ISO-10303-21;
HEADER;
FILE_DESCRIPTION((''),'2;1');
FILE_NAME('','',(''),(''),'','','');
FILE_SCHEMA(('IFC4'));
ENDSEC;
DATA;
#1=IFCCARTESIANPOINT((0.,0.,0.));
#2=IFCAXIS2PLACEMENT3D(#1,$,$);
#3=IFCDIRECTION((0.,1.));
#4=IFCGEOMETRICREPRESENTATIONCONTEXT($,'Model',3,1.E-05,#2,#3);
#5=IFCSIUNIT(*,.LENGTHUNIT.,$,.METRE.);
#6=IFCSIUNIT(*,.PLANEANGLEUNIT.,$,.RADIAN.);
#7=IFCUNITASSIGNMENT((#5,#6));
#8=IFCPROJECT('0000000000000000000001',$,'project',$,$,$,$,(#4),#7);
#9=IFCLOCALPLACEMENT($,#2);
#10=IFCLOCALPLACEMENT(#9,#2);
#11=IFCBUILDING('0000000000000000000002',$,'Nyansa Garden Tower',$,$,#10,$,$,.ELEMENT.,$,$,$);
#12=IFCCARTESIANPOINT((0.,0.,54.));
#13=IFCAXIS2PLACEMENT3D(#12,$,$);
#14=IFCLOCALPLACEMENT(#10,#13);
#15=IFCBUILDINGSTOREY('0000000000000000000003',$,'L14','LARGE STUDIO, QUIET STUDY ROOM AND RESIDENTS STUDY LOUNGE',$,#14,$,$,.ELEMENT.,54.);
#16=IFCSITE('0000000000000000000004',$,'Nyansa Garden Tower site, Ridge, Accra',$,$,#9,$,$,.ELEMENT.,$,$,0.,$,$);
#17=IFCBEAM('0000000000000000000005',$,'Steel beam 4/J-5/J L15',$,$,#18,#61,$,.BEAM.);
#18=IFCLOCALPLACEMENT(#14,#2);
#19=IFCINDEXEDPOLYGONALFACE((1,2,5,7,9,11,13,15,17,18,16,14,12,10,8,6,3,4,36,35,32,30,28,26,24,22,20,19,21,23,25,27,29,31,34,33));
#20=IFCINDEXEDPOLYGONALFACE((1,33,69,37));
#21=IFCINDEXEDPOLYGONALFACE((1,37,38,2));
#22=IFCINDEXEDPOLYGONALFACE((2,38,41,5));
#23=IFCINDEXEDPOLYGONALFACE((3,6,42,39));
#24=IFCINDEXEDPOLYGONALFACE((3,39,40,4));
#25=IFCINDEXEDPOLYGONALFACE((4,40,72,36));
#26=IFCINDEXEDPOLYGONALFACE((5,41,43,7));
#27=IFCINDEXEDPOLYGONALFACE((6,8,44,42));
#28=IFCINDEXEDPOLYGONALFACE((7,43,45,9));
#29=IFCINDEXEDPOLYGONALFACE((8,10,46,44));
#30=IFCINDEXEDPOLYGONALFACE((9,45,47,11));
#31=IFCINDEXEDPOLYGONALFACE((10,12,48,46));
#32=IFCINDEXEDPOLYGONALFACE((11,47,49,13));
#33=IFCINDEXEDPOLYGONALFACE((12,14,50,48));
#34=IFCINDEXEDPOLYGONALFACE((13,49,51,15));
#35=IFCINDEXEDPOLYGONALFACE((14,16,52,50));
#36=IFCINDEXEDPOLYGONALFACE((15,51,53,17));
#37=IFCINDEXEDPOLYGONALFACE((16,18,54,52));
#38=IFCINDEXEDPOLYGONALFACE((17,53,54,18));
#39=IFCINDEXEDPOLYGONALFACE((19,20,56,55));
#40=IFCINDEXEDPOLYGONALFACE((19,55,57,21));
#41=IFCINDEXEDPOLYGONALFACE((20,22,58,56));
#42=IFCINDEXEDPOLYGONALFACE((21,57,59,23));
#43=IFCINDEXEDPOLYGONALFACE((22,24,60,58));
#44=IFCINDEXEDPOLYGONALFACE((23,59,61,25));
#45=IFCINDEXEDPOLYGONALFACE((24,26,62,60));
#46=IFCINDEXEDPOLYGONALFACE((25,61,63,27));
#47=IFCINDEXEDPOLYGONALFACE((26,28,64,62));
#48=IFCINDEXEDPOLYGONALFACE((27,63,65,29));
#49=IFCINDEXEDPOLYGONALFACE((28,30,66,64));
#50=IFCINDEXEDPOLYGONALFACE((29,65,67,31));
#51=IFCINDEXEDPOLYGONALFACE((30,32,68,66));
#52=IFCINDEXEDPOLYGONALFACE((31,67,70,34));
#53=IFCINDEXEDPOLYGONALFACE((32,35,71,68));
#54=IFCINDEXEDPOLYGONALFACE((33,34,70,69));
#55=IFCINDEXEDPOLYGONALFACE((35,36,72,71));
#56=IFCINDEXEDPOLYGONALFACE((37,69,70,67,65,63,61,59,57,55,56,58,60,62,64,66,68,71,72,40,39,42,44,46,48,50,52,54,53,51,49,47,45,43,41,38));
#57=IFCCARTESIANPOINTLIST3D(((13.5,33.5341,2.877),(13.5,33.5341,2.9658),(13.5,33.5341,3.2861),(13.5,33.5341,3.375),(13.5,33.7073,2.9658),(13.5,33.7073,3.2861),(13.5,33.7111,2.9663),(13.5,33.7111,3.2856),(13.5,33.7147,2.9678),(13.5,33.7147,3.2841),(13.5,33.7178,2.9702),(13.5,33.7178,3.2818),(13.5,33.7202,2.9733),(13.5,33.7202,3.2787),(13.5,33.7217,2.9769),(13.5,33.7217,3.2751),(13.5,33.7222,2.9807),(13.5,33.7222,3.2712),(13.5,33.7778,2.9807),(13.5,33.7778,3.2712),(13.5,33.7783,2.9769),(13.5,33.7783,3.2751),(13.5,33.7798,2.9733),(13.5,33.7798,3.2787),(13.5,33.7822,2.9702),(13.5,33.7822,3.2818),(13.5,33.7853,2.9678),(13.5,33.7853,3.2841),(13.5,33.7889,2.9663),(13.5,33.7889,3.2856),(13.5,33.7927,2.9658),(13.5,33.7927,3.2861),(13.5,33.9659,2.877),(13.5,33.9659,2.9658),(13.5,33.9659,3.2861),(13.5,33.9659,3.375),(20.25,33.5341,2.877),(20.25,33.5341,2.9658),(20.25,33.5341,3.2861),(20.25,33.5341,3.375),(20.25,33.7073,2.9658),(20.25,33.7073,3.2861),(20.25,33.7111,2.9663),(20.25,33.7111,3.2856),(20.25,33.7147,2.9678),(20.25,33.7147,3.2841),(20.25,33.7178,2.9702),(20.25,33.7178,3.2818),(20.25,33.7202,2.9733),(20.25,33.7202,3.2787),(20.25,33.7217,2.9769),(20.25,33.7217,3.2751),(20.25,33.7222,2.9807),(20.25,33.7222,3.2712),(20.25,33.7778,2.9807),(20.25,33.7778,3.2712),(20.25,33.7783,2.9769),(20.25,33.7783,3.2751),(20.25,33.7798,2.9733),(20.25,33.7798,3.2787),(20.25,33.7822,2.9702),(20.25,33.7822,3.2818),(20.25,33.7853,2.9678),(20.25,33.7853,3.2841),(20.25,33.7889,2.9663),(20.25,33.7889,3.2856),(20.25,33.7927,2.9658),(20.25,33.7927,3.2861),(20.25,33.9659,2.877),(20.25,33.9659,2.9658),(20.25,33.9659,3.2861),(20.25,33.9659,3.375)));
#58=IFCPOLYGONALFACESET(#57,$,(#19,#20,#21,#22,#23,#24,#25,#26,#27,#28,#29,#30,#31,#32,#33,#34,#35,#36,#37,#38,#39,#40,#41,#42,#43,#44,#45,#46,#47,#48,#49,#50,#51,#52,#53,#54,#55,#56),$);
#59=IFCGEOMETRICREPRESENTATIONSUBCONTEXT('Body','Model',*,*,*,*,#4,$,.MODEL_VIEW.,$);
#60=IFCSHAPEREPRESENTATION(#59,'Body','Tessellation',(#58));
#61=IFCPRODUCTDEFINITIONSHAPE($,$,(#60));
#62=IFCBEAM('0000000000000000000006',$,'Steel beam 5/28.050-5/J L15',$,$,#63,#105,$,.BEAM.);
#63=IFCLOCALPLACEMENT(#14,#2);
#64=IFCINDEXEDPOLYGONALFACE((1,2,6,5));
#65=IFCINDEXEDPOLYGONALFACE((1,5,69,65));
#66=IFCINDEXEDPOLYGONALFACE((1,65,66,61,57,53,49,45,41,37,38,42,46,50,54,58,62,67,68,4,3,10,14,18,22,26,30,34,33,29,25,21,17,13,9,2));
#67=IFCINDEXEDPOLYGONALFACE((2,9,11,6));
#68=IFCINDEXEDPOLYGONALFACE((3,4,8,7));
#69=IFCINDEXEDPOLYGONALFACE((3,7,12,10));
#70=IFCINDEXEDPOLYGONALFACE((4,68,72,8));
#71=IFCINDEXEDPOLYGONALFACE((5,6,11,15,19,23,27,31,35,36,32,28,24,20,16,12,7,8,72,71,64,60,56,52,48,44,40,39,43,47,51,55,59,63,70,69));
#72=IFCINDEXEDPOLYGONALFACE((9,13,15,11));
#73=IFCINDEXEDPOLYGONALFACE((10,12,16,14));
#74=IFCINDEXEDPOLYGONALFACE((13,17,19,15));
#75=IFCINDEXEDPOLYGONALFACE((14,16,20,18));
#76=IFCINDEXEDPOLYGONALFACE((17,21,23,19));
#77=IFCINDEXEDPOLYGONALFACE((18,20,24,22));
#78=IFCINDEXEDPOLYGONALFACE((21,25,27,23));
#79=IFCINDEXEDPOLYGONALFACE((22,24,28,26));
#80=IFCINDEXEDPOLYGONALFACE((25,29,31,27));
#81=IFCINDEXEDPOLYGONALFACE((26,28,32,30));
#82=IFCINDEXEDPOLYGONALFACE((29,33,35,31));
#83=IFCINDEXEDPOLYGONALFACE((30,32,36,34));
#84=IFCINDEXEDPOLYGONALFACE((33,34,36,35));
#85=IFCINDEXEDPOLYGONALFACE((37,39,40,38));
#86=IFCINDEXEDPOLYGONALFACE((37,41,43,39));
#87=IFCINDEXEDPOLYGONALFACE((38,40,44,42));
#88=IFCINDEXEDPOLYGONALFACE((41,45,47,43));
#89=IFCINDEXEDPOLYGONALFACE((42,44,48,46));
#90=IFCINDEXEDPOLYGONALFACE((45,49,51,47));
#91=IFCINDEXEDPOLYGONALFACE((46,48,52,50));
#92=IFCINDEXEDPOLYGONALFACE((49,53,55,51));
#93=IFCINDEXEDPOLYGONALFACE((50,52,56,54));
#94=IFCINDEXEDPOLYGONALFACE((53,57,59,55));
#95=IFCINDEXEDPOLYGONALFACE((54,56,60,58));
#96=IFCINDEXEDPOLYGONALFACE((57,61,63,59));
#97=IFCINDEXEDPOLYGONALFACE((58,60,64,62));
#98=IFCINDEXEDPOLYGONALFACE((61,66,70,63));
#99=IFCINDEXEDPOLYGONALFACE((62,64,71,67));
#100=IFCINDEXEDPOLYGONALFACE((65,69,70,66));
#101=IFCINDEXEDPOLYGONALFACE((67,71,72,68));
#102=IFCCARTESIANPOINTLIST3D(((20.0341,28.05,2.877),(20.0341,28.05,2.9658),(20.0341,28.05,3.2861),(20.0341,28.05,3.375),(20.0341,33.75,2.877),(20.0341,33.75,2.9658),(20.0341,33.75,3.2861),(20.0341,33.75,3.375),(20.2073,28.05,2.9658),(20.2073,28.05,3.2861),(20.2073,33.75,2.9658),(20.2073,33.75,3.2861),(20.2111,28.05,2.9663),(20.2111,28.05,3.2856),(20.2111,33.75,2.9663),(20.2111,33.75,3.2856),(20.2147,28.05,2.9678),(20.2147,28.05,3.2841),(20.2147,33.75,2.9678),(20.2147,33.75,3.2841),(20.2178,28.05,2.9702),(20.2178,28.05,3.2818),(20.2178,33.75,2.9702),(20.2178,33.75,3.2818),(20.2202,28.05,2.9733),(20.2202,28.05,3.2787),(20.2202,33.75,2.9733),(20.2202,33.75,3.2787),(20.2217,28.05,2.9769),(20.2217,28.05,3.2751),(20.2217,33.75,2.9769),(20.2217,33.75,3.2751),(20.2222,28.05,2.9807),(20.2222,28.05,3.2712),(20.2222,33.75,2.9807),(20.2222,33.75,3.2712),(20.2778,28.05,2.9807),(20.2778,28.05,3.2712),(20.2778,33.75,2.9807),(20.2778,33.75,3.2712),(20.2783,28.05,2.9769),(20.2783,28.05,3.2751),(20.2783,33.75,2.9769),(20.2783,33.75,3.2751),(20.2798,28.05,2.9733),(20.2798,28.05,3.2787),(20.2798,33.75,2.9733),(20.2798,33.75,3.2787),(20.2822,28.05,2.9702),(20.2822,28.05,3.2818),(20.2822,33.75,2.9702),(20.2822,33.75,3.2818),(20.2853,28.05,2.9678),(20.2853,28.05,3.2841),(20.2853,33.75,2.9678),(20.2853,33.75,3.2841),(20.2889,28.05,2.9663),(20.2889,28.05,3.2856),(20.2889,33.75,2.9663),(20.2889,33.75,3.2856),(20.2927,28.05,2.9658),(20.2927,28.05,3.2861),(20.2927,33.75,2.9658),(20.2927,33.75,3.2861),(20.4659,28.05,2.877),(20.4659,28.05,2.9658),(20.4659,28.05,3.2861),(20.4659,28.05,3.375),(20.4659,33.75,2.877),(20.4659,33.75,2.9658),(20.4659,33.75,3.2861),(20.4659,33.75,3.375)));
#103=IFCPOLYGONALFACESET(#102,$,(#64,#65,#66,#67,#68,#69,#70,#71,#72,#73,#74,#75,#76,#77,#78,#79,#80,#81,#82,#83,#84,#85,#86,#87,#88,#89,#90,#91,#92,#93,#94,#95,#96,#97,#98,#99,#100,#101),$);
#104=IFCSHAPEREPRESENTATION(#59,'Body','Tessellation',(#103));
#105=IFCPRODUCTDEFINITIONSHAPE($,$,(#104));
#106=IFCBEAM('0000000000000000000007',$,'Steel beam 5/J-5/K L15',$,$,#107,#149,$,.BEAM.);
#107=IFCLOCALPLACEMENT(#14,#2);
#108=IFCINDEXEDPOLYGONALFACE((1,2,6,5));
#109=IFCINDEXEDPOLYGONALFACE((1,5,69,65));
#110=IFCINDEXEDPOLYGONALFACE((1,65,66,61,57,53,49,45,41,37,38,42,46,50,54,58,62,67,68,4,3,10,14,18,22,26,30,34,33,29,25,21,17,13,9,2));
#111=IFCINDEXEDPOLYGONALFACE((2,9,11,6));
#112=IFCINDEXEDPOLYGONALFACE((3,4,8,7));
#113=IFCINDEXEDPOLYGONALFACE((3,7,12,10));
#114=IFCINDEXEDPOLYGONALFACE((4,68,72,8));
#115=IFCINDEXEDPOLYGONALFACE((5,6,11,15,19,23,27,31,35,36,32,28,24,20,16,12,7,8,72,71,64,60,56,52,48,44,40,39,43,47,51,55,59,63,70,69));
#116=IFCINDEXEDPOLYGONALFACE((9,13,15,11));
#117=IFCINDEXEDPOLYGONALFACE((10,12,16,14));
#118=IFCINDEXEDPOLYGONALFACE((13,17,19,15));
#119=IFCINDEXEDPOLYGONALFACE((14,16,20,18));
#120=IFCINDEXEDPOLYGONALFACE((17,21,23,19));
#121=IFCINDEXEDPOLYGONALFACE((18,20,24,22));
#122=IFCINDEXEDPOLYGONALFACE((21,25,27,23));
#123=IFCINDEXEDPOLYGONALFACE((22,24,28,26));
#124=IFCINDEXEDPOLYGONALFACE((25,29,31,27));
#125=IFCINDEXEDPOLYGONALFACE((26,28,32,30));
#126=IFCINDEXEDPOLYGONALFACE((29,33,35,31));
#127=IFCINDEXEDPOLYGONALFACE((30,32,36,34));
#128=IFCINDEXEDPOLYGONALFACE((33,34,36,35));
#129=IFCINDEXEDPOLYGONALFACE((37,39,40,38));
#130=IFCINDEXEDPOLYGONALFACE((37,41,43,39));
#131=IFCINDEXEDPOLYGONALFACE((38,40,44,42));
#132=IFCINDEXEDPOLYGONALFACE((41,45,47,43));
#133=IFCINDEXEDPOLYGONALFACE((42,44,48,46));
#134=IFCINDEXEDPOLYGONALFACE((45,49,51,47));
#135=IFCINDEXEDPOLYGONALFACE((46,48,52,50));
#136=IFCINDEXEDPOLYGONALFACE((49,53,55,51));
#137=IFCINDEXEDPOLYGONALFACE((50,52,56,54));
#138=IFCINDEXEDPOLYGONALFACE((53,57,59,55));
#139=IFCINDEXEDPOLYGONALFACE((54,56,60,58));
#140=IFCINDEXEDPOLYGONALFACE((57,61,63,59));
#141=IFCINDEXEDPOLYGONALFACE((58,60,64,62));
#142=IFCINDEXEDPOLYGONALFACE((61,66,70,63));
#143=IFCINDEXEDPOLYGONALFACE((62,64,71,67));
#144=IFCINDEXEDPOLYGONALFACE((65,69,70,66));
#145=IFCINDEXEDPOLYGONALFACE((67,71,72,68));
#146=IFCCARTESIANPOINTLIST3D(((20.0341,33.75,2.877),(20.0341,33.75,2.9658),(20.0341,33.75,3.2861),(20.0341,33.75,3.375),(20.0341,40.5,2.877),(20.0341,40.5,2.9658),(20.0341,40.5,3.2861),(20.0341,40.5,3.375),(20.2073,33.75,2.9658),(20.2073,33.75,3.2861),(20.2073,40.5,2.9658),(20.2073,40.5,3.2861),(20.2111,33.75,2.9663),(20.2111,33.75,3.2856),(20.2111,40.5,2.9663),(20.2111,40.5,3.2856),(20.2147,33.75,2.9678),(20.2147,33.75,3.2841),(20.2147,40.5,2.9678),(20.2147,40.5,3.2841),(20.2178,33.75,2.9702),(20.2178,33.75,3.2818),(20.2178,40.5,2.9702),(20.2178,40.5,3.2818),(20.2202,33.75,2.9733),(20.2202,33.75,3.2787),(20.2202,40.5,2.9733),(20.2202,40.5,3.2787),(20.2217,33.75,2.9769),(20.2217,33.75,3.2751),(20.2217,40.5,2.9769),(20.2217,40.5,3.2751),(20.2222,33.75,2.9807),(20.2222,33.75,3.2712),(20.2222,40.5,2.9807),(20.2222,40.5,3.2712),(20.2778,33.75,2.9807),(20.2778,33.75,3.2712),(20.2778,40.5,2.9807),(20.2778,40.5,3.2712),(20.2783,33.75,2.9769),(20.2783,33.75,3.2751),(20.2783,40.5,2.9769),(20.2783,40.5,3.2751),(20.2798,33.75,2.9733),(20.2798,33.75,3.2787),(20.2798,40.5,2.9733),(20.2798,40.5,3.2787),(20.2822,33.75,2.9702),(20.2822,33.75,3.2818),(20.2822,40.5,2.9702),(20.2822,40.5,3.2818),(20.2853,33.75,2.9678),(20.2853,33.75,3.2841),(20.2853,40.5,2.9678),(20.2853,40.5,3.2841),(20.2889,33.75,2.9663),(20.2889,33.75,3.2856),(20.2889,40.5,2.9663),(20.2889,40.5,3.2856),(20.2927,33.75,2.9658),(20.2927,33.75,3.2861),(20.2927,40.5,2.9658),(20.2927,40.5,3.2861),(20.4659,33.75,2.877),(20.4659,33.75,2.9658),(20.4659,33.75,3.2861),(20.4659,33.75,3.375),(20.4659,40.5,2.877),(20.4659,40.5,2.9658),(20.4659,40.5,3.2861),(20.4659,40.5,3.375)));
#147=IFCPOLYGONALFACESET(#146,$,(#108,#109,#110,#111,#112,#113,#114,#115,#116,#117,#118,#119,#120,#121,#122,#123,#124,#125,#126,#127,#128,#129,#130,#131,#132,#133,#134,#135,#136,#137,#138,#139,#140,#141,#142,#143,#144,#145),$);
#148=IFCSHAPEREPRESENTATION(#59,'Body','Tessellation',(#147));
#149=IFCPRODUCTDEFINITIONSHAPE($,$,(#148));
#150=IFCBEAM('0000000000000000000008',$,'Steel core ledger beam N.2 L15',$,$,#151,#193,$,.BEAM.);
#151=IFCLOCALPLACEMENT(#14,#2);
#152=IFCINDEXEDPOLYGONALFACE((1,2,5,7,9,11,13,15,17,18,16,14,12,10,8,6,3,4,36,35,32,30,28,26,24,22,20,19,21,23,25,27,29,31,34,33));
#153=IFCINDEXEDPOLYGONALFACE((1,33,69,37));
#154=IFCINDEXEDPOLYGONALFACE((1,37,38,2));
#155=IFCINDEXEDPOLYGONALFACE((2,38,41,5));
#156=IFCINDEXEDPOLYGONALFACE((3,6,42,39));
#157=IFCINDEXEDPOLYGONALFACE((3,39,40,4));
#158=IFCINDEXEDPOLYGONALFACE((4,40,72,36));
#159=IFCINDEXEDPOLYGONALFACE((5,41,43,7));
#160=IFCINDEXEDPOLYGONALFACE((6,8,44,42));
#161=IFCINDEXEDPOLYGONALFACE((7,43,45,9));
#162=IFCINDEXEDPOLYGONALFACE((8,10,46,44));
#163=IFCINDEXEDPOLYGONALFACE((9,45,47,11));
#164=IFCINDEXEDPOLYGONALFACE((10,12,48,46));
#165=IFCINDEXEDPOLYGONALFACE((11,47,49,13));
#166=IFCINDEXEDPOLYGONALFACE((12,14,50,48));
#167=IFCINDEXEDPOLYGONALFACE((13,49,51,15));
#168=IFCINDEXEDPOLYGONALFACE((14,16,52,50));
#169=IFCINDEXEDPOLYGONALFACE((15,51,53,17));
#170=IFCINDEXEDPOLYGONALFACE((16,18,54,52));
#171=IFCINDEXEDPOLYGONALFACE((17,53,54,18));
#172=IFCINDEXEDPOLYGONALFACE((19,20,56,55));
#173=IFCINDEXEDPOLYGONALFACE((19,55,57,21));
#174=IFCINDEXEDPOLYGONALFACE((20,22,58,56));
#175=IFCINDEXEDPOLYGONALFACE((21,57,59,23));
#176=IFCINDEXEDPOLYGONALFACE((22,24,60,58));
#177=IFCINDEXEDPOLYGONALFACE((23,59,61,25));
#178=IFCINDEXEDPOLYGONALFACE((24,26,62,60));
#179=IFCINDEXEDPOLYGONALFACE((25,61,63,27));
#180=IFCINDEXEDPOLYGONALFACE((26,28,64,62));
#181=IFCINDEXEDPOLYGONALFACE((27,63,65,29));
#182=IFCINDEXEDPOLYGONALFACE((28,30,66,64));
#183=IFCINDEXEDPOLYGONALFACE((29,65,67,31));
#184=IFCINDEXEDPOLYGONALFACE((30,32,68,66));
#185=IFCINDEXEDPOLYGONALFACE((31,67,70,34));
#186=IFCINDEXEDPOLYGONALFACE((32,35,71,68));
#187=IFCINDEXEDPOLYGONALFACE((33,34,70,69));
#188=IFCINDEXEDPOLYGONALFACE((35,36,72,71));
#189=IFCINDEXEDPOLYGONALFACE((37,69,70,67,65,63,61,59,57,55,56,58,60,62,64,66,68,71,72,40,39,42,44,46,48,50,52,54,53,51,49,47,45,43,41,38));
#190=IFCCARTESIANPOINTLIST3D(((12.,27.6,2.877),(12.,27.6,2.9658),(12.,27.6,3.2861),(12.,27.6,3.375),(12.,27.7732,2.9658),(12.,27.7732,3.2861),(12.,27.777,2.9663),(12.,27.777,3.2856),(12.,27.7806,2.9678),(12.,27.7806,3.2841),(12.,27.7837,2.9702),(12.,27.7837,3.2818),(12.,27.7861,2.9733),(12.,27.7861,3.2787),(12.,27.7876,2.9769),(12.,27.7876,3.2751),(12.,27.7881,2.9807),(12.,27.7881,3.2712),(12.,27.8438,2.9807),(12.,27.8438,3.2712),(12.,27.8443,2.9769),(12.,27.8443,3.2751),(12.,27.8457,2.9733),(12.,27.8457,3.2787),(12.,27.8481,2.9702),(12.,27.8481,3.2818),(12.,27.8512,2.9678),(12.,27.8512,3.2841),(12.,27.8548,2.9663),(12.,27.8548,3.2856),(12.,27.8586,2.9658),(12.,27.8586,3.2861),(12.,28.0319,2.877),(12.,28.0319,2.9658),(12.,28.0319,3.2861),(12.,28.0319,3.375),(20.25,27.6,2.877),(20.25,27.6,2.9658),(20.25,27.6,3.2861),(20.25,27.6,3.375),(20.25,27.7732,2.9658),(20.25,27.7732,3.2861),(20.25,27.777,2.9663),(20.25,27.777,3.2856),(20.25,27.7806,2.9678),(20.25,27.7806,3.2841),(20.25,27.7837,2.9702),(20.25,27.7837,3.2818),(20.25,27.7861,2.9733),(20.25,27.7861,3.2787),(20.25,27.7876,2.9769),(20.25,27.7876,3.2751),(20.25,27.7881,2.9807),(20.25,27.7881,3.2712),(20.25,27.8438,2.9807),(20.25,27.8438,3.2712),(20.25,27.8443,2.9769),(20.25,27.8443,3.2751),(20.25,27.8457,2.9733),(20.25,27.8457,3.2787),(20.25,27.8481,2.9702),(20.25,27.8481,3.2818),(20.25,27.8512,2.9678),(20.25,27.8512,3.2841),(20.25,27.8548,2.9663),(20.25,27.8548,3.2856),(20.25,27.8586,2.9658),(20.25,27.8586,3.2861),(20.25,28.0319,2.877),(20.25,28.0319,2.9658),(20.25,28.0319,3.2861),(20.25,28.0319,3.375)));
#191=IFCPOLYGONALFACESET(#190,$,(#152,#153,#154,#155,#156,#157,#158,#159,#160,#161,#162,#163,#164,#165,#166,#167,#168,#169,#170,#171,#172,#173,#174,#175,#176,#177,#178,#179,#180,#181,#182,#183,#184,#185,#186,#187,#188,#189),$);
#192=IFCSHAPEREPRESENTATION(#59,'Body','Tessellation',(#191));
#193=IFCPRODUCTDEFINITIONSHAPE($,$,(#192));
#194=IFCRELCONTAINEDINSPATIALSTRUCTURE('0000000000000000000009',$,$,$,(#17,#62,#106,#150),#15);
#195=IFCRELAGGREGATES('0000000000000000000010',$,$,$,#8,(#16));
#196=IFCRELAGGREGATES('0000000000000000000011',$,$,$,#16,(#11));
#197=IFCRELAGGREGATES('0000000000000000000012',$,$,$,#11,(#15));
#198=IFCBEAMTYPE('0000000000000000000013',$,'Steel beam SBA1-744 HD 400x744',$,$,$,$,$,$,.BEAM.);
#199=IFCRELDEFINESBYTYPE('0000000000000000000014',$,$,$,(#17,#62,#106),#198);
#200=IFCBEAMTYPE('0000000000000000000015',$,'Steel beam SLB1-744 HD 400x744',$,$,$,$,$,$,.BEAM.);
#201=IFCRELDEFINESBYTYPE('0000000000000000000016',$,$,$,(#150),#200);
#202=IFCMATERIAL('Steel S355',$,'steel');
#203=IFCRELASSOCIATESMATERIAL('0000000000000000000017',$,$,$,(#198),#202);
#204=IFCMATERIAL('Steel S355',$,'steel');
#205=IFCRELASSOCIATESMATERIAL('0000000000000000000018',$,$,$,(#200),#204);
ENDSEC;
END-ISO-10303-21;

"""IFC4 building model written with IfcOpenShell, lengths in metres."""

from ifc_helpers import new_model, si_unit, direction, frame, origin, origin_2d, place, context, subcontext, project, spatial, i_section, extrude, material, material_profile, profile_set, type_object, element, save


model = new_model("IFC4")

# Units and contexts
model_context = context("Model", 3, precision=1e-05, world=origin(), true_north=direction((0.0, 1.0)))
body_context = subcontext(model_context, "Body", "Model", "MODEL_VIEW")
ifc_project = project(units=[si_unit("LENGTHUNIT", "METRE"), si_unit("PLANEANGLEUNIT", "RADIAN")], contexts=[model_context])

# Site, building, storey
site_placement = place(None, origin())
site = spatial("IfcSite", under=ifc_project, at=site_placement, Name="Nyansa Garden Tower site, Ridge, Accra", CompositionType="ELEMENT", RefElevation=0.0)
building_placement = place(site_placement, origin())
building = spatial("IfcBuilding", under=site, at=building_placement, Name="Nyansa Garden Tower", CompositionType="ELEMENT")
storey_placement = place(building_placement, frame((0.0, 0.0, 54.0)))
storey = spatial("IfcBuildingStorey", under=building, at=storey_placement, Name="L14", Description="LARGE STUDIO, QUIET STUDY ROOM AND RESIDENTS STUDY LOUNGE", CompositionType="ELEMENT", Elevation=54.0)

# Beams
ifc_material_1 = material(Name="Steel S355", Category="steel")
ifc_material_profile_1 = material_profile(ifc_material_1, i_section(OverallWidth=0.4319, OverallDepth=0.498, WebThickness=0.0557, FlangeThickness=0.0889, FilletRadius=0.0149, at=origin_2d()), Name="HD 400x744")
ifc_profile_set_1 = profile_set([ifc_material_profile_1], Name="Steel S355")
beam_type_1 = type_object("IfcBeamType", Name="Steel beam SBA1-744 HD 400x744", PredefinedType="BEAM", material=ifc_profile_set_1)
for number, where, z_axis, x_axis, name in (
    (1, (13.5, 33.75, 3.126), (1.0, 0.0, 0.0), (0.0, 1.0, 0.0), "Steel beam 4/J-5/J L15"),
):
    element("IfcBeam", number, at=place(storey_placement, frame(where, z_axis=z_axis, x_axis=x_axis)), inside=storey, type_object=beam_type_1, Name=name, PredefinedType="BEAM", context=body_context, shape_type="SweptSolid", body=[
        extrude(i_section(OverallWidth=0.4319, OverallDepth=0.498, WebThickness=0.0557, FlangeThickness=0.0889, FilletRadius=0.0149, at=origin_2d()), origin(), (0.0, 0.0, 1.0), 6.75),
    ])
beam_1_placement = place(storey_placement, frame((20.25, 28.05, 3.126), z_axis=(0.0, 1.0, 0.0), x_axis=(-1.0, 0.0, 0.0)))
element("IfcBeam", 2, at=beam_1_placement, inside=storey, type_object=beam_type_1, Name="Steel beam 5/28.050-5/J L15", PredefinedType="BEAM", context=body_context, shape_type="SweptSolid", body=[
    extrude(i_section(OverallWidth=0.4319, OverallDepth=0.498, WebThickness=0.0557, FlangeThickness=0.0889, FilletRadius=0.0149, at=origin_2d()), origin(), (0.0, 0.0, 1.0), 5.7),
])
beam_2_placement = place(storey_placement, frame((20.25, 33.75, 3.126), z_axis=(0.0, 1.0, 0.0), x_axis=(-1.0, 0.0, 0.0)))
element("IfcBeam", 3, at=beam_2_placement, inside=storey, type_object=beam_type_1, Name="Steel beam 5/J-5/K L15", PredefinedType="BEAM", context=body_context, shape_type="SweptSolid", body=[
    extrude(i_section(OverallWidth=0.4319, OverallDepth=0.498, WebThickness=0.0557, FlangeThickness=0.0889, FilletRadius=0.0149, at=origin_2d()), origin(), (0.0, 0.0, 1.0), 6.75),
])
ifc_material_2 = material(Name="Steel S355", Category="steel")
ifc_material_profile_2 = material_profile(ifc_material_2, i_section(OverallWidth=0.4319, OverallDepth=0.498, WebThickness=0.0557, FlangeThickness=0.0889, FilletRadius=0.0149, at=origin_2d()), Name="HD 400x744")
ifc_profile_set_2 = profile_set([ifc_material_profile_2], Name="Steel S355")
beam_type_2 = type_object("IfcBeamType", Name="Steel beam SLB1-744 HD 400x744", PredefinedType="BEAM", material=ifc_profile_set_2)
beam_3_placement = place(storey_placement, frame((20.25, 27.8159, 3.126), z_axis=(-1.0, 0.0, 0.0), x_axis=(0.0, -1.0, 0.0)))
element("IfcBeam", 4, at=beam_3_placement, inside=storey, type_object=beam_type_2, Name="Steel core ledger beam N.2 L15", PredefinedType="BEAM", context=body_context, shape_type="SweptSolid", body=[
    extrude(i_section(OverallWidth=0.4319, OverallDepth=0.498, WebThickness=0.0557, FlangeThickness=0.0889, FilletRadius=0.0149, at=origin_2d()), origin(), (0.0, 0.0, 1.0), 8.25),
])

save(model, "model.ifc")
